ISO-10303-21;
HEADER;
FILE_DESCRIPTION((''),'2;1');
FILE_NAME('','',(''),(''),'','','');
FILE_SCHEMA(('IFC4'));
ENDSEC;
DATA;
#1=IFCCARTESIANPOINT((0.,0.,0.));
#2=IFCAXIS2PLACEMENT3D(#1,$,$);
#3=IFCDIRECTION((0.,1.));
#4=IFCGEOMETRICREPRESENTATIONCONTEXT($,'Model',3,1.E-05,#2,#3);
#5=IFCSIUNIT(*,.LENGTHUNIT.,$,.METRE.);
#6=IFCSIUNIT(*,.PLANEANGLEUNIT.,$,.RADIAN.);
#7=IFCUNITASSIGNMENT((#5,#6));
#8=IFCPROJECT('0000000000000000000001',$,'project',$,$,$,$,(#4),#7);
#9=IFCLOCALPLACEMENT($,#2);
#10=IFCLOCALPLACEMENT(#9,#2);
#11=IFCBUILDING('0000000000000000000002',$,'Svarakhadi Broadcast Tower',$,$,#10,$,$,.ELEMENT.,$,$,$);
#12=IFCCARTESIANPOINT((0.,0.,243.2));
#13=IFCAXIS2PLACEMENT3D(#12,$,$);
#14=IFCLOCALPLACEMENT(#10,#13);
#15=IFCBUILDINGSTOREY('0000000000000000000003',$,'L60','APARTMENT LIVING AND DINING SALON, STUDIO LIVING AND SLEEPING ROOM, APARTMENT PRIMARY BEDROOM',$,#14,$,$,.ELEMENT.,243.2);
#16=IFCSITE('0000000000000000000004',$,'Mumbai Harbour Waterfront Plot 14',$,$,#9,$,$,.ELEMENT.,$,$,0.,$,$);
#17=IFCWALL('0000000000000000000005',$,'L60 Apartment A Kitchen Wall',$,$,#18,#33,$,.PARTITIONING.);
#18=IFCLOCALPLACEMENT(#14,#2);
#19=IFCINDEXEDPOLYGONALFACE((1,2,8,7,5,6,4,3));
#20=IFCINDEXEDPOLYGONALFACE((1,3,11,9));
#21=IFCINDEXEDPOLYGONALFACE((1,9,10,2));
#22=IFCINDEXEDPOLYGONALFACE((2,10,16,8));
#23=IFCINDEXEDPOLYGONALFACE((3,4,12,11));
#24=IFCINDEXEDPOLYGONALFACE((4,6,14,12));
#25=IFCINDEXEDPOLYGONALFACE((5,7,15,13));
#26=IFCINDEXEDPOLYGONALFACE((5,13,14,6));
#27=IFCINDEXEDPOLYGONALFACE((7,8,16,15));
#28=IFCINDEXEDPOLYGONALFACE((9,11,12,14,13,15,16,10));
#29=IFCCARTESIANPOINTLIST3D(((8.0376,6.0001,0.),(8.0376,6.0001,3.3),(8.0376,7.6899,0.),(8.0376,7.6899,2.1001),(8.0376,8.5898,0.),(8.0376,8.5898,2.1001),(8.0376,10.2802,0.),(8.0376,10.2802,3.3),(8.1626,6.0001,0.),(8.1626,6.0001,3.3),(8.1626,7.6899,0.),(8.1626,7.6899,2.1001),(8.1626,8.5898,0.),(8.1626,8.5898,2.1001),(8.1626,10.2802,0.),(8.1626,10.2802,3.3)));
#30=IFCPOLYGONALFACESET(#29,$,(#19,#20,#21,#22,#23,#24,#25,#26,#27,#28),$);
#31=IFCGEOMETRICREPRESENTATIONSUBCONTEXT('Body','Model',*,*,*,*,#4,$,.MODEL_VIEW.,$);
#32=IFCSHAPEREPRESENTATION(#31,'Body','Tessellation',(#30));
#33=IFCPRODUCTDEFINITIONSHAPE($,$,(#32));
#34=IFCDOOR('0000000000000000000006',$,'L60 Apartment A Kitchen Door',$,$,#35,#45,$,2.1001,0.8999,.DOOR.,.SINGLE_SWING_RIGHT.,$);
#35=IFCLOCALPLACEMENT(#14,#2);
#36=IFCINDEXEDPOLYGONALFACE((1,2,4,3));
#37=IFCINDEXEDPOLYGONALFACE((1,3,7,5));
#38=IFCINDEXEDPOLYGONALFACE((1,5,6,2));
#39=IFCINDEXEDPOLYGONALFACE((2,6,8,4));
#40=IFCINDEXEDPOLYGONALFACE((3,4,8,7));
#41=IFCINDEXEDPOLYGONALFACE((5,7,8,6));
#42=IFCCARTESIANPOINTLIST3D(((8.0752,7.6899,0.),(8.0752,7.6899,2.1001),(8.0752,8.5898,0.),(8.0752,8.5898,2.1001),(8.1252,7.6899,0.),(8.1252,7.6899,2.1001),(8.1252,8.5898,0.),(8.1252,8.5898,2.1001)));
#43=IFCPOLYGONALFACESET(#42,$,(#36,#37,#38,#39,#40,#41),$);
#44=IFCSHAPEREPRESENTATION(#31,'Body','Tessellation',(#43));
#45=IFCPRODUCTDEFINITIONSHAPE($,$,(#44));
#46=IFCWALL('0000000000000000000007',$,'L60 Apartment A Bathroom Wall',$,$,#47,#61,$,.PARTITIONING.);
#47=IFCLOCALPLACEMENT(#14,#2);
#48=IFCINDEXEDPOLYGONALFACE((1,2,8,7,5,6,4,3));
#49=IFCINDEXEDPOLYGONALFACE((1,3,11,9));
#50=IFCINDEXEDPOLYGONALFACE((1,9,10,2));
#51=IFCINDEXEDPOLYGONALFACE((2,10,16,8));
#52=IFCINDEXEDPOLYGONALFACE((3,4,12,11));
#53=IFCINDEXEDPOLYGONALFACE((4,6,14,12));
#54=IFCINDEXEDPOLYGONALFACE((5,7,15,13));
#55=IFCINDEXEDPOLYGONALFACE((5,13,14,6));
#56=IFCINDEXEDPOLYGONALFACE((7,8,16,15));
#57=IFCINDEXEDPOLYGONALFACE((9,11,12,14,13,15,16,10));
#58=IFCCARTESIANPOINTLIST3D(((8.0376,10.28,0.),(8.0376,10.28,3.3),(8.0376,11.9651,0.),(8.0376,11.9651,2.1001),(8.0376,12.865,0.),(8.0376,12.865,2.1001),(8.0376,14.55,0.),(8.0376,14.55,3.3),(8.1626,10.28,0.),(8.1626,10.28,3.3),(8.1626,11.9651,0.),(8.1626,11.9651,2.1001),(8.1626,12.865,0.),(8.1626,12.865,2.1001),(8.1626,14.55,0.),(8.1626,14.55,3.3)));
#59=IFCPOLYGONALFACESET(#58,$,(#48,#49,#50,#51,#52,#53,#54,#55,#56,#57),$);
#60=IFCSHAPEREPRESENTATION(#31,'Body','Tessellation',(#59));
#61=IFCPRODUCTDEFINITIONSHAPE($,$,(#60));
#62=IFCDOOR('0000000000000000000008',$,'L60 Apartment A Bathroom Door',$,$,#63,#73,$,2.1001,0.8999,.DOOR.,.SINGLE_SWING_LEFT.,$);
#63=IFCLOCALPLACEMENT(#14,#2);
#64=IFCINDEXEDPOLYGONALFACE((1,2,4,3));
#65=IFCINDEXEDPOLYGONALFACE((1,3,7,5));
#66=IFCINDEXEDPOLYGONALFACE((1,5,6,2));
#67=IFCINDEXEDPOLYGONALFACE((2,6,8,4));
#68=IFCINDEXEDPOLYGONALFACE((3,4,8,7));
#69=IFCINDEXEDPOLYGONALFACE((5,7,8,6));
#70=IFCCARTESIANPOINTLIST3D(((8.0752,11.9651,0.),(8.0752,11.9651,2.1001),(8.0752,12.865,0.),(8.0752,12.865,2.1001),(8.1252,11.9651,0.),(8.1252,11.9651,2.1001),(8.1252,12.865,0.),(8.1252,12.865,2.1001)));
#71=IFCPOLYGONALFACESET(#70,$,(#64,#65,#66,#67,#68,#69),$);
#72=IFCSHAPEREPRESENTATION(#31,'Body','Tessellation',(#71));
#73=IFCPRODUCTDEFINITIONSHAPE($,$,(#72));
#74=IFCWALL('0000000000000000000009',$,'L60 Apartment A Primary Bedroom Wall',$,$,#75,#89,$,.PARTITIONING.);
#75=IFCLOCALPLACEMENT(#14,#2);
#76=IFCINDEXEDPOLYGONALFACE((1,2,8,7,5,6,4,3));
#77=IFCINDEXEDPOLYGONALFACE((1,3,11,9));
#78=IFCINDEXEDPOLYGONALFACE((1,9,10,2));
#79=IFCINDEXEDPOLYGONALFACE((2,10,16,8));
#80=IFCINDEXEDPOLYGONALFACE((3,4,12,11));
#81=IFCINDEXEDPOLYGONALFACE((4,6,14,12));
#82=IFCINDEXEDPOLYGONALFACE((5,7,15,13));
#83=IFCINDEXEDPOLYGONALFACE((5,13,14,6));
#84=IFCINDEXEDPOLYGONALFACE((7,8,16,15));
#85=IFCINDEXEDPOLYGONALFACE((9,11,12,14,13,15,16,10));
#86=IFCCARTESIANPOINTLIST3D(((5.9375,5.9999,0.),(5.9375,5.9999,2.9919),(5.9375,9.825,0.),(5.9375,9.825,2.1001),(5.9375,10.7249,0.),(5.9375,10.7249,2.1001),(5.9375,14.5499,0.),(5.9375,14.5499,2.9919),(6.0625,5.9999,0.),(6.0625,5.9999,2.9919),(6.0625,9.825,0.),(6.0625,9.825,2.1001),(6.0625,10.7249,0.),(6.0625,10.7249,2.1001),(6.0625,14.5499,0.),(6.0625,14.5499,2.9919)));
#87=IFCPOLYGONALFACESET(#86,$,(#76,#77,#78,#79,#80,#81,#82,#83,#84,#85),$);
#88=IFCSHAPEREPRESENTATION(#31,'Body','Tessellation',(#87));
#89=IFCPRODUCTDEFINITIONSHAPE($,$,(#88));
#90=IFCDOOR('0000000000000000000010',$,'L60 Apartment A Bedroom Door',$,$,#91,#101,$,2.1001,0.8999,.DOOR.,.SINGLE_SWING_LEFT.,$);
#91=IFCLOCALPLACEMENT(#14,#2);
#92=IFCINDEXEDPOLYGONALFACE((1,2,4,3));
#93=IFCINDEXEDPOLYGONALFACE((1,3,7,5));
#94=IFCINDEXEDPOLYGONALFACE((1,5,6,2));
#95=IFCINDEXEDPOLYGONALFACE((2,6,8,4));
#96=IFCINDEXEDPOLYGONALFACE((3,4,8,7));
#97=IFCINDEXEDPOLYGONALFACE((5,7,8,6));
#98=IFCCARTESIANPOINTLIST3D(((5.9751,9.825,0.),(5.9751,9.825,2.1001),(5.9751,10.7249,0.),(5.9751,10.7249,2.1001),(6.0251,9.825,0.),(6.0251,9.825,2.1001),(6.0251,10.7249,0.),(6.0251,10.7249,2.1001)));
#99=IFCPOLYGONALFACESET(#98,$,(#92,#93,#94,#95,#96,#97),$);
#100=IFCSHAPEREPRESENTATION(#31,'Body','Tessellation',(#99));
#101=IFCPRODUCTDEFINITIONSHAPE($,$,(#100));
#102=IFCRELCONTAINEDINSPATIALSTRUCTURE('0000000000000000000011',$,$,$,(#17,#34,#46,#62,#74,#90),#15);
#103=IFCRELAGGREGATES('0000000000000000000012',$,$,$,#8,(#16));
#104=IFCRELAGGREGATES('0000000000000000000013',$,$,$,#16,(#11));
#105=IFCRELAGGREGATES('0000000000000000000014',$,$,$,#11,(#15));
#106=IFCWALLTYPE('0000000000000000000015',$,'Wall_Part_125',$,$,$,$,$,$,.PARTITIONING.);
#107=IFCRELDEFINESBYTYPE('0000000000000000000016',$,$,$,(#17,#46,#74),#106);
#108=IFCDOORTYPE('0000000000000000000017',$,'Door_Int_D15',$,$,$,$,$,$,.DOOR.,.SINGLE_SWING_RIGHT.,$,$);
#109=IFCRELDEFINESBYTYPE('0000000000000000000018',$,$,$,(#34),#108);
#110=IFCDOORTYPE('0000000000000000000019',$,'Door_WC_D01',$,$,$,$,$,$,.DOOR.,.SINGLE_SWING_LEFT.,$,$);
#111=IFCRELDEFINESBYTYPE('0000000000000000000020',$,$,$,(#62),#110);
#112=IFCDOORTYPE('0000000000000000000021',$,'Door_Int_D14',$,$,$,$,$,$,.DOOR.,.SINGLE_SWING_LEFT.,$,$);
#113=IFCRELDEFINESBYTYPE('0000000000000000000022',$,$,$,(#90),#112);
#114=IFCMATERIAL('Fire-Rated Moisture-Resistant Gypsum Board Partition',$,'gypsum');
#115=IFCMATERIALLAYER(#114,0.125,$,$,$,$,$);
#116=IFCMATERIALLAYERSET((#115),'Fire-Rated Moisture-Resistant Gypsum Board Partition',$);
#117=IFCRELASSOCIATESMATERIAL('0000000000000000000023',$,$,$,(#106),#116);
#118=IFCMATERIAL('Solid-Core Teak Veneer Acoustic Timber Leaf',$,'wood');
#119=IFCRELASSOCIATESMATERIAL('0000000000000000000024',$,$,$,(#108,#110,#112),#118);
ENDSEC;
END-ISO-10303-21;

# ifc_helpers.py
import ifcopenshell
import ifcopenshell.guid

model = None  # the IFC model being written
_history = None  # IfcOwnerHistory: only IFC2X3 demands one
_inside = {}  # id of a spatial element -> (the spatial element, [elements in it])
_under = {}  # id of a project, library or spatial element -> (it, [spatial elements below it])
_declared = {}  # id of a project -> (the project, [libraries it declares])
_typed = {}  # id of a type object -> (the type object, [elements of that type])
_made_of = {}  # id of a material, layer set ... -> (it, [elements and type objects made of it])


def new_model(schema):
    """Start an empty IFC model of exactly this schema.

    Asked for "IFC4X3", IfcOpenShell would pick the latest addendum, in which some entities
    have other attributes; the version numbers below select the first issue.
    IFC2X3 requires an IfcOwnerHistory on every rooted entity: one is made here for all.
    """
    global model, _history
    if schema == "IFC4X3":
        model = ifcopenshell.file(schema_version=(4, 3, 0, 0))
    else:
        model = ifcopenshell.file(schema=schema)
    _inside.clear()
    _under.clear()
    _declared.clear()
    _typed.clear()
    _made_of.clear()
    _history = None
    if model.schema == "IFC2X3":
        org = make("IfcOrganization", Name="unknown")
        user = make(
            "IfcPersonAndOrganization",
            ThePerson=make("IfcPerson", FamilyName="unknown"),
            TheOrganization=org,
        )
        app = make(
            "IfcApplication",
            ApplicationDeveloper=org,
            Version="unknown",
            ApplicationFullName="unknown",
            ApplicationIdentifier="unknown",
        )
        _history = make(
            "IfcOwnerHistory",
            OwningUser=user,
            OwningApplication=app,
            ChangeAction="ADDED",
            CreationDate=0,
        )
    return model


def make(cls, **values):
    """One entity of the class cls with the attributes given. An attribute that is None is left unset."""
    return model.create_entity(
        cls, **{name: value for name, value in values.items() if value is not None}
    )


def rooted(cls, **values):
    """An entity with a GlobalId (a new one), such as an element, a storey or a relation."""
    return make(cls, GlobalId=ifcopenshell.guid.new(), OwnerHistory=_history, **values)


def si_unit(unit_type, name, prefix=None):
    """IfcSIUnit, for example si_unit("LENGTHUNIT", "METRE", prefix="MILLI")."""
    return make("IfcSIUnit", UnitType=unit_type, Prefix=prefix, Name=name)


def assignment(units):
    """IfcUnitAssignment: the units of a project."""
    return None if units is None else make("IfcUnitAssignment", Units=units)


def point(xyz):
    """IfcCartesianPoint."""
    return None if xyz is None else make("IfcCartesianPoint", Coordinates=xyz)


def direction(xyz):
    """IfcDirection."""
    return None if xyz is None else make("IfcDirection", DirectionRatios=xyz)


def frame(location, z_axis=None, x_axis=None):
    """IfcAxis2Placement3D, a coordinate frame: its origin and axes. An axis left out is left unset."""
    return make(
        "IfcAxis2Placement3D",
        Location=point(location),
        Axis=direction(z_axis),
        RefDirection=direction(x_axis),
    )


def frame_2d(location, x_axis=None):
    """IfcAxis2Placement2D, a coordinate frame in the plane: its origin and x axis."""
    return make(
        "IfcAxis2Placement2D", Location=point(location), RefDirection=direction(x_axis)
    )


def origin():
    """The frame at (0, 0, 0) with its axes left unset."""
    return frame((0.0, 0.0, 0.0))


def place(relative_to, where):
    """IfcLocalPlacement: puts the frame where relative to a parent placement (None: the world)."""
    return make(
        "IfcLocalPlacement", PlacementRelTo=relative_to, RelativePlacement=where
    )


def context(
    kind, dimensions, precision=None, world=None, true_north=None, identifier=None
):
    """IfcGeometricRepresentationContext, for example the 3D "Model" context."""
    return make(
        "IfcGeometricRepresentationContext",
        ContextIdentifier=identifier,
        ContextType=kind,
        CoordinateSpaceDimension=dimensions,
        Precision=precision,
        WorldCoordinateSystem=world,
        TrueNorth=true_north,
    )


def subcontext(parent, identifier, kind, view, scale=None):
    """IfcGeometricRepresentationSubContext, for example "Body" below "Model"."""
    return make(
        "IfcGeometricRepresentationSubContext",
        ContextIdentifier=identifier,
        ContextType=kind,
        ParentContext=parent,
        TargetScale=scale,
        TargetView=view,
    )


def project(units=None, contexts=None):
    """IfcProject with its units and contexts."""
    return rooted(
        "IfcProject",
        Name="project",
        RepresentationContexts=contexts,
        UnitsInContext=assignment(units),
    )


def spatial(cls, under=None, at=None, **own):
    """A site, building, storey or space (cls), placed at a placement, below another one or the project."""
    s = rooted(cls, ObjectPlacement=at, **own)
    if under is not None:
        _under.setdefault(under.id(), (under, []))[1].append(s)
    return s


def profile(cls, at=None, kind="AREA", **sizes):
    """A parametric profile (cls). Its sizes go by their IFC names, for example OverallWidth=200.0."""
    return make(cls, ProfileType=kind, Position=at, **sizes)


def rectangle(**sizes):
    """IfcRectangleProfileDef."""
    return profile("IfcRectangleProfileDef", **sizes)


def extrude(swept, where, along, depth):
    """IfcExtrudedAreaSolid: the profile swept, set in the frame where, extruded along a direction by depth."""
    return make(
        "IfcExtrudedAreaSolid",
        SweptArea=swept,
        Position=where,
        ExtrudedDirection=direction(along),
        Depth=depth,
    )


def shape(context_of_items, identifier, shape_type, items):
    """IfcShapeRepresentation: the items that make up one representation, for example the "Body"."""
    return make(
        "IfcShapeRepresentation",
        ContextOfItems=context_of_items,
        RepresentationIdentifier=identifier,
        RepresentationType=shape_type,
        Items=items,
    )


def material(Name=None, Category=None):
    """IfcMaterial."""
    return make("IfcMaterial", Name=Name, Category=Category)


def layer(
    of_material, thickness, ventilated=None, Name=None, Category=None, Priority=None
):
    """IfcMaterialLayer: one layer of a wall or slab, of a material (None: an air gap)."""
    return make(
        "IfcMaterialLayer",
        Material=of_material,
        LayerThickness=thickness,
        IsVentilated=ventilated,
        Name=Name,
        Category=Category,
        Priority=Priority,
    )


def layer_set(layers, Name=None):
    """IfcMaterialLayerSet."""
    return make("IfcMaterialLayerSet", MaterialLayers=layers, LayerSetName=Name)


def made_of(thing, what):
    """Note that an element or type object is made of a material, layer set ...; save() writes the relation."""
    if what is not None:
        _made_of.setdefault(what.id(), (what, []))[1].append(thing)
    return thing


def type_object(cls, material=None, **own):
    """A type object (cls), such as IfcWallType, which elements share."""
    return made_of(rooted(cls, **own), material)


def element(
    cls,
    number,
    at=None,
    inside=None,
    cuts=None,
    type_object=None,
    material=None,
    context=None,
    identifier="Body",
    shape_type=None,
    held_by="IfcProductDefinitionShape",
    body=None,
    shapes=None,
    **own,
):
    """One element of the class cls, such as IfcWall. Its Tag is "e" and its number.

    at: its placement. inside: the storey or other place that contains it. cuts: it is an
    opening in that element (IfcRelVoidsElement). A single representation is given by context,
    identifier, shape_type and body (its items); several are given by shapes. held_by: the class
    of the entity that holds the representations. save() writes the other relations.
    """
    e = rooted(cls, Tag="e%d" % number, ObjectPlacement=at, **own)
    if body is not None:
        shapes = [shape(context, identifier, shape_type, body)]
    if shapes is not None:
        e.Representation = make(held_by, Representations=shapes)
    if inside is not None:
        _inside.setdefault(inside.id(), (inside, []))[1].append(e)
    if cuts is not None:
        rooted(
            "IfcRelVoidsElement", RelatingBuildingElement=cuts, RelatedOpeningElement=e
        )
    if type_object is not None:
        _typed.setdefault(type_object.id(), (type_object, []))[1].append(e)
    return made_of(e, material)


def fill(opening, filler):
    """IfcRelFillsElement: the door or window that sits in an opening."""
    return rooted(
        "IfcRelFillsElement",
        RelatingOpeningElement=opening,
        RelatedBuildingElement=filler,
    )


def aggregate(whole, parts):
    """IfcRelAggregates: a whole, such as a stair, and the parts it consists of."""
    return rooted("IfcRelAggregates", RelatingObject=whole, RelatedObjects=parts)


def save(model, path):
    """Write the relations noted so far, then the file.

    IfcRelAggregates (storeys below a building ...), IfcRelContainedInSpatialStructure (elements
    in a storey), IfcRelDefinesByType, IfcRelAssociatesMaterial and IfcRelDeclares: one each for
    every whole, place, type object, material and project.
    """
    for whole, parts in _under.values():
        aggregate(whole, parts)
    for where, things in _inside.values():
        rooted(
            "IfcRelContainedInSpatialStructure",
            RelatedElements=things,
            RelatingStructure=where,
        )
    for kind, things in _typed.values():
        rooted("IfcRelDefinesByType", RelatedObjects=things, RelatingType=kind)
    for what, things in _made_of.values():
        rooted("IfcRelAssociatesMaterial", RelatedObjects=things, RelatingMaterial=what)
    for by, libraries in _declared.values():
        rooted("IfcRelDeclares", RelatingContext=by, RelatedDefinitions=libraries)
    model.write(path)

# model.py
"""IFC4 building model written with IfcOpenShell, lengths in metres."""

from ifc_helpers import new_model, si_unit, direction, frame, frame_2d, origin, place, context, subcontext, project, spatial, rectangle, extrude, material, layer, layer_set, type_object, element, fill, save


model = new_model("IFC4")

# Units and contexts
model_context = context("Model", 3, precision=1e-05, world=origin(), true_north=direction((0.0, 1.0)))
body_context = subcontext(model_context, "Body", "Model", "MODEL_VIEW")
ifc_project = project(units=[si_unit("LENGTHUNIT", "METRE"), si_unit("PLANEANGLEUNIT", "RADIAN")], contexts=[model_context])

# Site, building, storey
site_placement = place(None, origin())
site = spatial("IfcSite", under=ifc_project, at=site_placement, Name="Mumbai Harbour Waterfront Plot 14", CompositionType="ELEMENT", RefElevation=0.0)
building_placement = place(site_placement, origin())
building = spatial("IfcBuilding", under=site, at=building_placement, Name="Svarakhadi Broadcast Tower", CompositionType="ELEMENT")
storey_placement = place(building_placement, frame((0.0, 0.0, 243.2)))
storey = spatial("IfcBuildingStorey", under=building, at=storey_placement, Name="L60", Description="APARTMENT LIVING AND DINING SALON, STUDIO LIVING AND SLEEPING ROOM, APARTMENT PRIMARY BEDROOM", CompositionType="ELEMENT", Elevation=243.2)

# Shared definitions
ifc_material_1 = material(Name="Solid-Core Teak Veneer Acoustic Timber Leaf", Category="wood")

# Shared definitions
ifc_material_2 = material(Name="Fire-Rated Moisture-Resistant Gypsum Board Partition", Category="gypsum")
ifc_layer_1 = layer(ifc_material_2, 0.125)
ifc_layer_set_1 = layer_set([ifc_layer_1], Name="Fire-Rated Moisture-Resistant Gypsum Board Partition")
wall_type_1 = type_object("IfcWallType", Name="Wall_Part_125", PredefinedType="PARTITIONING", material=ifc_layer_set_1)

# Walls, openings, doors
wall_1_placement = place(storey_placement, frame((8.1001, 6.0, 0.0), z_axis=(0.0, 0.0, 1.0), x_axis=(0.0, 1.0, 0.0)))
wall_1 = element("IfcWall", 1, at=wall_1_placement, inside=storey, type_object=wall_type_1, Name="L60 Apartment A Kitchen Wall", PredefinedType="PARTITIONING", context=body_context, shape_type="SweptSolid", body=[
    extrude(rectangle(XDim=4.28, YDim=0.125, at=frame_2d((2.1401, 0.0))), origin(), (0.0, 0.0, 1.0), 3.3),
])
opening_1_placement = place(wall_1_placement, frame((1.6899, 0.0, 0.0)))
opening_1 = element("IfcOpeningElement", 2, at=opening_1_placement, cuts=wall_1, PredefinedType="OPENING", context=body_context, shape_type="SweptSolid", body=[
    extrude(rectangle(XDim=0.8999, YDim=2.1001, at=frame_2d((0.45, 1.05))), frame((0.0, 0.0725, 0.0), z_axis=(0.0, -1.0, 0.0), x_axis=(1.0, 0.0, 0.0)), (0.0, 0.0, 1.0), 0.145),
])
door_type_1 = type_object("IfcDoorType", Name="Door_Int_D15", OperationType="SINGLE_SWING_RIGHT", PredefinedType="DOOR", material=ifc_material_1)
door_1_placement = place(opening_1_placement, origin())
door_1 = element("IfcDoor", 3, at=door_1_placement, inside=storey, type_object=door_type_1, Name="L60 Apartment A Kitchen Door", OperationType="SINGLE_SWING_RIGHT", OverallHeight=2.1001, OverallWidth=0.8999, PredefinedType="DOOR", context=body_context, shape_type="SweptSolid", body=[
    extrude(rectangle(XDim=0.8999, YDim=2.1001, at=frame_2d((0.45, 1.05))), frame((0.0, 0.0249, 0.0), z_axis=(0.0, -1.0, 0.0), x_axis=(1.0, 0.0, 0.0)), (0.0, 0.0, 1.0), 0.05),
])
fill(opening_1, door_1)
wall_2_placement = place(storey_placement, frame((8.1001, 10.28, 0.0), z_axis=(0.0, 0.0, 1.0), x_axis=(0.0, 1.0, 0.0)))
wall_2 = element("IfcWall", 4, at=wall_2_placement, inside=storey, type_object=wall_type_1, Name="L60 Apartment A Bathroom Wall", PredefinedType="PARTITIONING", context=body_context, shape_type="SweptSolid", body=[
    extrude(rectangle(XDim=4.27, YDim=0.125, at=frame_2d((2.135, 0.0))), origin(), (0.0, 0.0, 1.0), 3.3),
])
opening_2_placement = place(wall_2_placement, frame((1.6851, 0.0, 0.0)))
opening_2 = element("IfcOpeningElement", 5, at=opening_2_placement, cuts=wall_2, PredefinedType="OPENING", context=body_context, shape_type="SweptSolid", body=[
    extrude(rectangle(XDim=0.8999, YDim=2.1001, at=frame_2d((0.45, 1.05))), frame((0.0, 0.0725, 0.0), z_axis=(0.0, -1.0, 0.0), x_axis=(1.0, 0.0, 0.0)), (0.0, 0.0, 1.0), 0.145),
])
door_type_2 = type_object("IfcDoorType", Name="Door_WC_D01", OperationType="SINGLE_SWING_LEFT", PredefinedType="DOOR", material=ifc_material_1)
door_2_placement = place(opening_2_placement, origin())
door_2 = element("IfcDoor", 6, at=door_2_placement, inside=storey, type_object=door_type_2, Name="L60 Apartment A Bathroom Door", OperationType="SINGLE_SWING_LEFT", OverallHeight=2.1001, OverallWidth=0.8999, PredefinedType="DOOR", context=body_context, shape_type="SweptSolid", body=[
    extrude(rectangle(XDim=0.8999, YDim=2.1001, at=frame_2d((0.45, 1.05))), frame((0.0, 0.0249, 0.0), z_axis=(0.0, -1.0, 0.0), x_axis=(1.0, 0.0, 0.0)), (0.0, 0.0, 1.0), 0.05),
])
fill(opening_2, door_2)
wall_3_placement = place(storey_placement, frame((6.0, 6.0, 0.0), z_axis=(0.0, 0.0, 1.0), x_axis=(0.0, 1.0, 0.0)))
wall_3 = element("IfcWall", 7, at=wall_3_placement, inside=storey, type_object=wall_type_1, Name="L60 Apartment A Primary Bedroom Wall", PredefinedType="PARTITIONING", context=body_context, shape_type="SweptSolid", body=[
    extrude(rectangle(XDim=8.55, YDim=0.125, at=frame_2d((4.2749, 0.0))), origin(), (0.0, 0.0, 1.0), 2.9919),
])
opening_3_placement = place(wall_3_placement, frame((3.825, 0.0, 0.0)))
opening_3 = element("IfcOpeningElement", 8, at=opening_3_placement, cuts=wall_3, PredefinedType="OPENING", context=body_context, shape_type="SweptSolid", body=[
    extrude(rectangle(XDim=0.8999, YDim=2.1001, at=frame_2d((0.45, 1.05))), frame((0.0, 0.0725, 0.0), z_axis=(0.0, -1.0, 0.0), x_axis=(1.0, 0.0, 0.0)), (0.0, 0.0, 1.0), 0.145),
])
door_type_3 = type_object("IfcDoorType", Name="Door_Int_D14", OperationType="SINGLE_SWING_LEFT", PredefinedType="DOOR", material=ifc_material_1)
door_3_placement = place(opening_3_placement, origin())
door_3 = element("IfcDoor", 9, at=door_3_placement, inside=storey, type_object=door_type_3, Name="L60 Apartment A Bedroom Door", OperationType="SINGLE_SWING_LEFT", OverallHeight=2.1001, OverallWidth=0.8999, PredefinedType="DOOR", context=body_context, shape_type="SweptSolid", body=[
    extrude(rectangle(XDim=0.8999, YDim=2.1001, at=frame_2d((0.45, 1.05))), frame((0.0, 0.0249, 0.0), z_axis=(0.0, -1.0, 0.0), x_axis=(1.0, 0.0, 0.0)), (0.0, 0.0, 1.0), 0.05),
])
fill(opening_3, door_3)

save(model, "model.ifc")
